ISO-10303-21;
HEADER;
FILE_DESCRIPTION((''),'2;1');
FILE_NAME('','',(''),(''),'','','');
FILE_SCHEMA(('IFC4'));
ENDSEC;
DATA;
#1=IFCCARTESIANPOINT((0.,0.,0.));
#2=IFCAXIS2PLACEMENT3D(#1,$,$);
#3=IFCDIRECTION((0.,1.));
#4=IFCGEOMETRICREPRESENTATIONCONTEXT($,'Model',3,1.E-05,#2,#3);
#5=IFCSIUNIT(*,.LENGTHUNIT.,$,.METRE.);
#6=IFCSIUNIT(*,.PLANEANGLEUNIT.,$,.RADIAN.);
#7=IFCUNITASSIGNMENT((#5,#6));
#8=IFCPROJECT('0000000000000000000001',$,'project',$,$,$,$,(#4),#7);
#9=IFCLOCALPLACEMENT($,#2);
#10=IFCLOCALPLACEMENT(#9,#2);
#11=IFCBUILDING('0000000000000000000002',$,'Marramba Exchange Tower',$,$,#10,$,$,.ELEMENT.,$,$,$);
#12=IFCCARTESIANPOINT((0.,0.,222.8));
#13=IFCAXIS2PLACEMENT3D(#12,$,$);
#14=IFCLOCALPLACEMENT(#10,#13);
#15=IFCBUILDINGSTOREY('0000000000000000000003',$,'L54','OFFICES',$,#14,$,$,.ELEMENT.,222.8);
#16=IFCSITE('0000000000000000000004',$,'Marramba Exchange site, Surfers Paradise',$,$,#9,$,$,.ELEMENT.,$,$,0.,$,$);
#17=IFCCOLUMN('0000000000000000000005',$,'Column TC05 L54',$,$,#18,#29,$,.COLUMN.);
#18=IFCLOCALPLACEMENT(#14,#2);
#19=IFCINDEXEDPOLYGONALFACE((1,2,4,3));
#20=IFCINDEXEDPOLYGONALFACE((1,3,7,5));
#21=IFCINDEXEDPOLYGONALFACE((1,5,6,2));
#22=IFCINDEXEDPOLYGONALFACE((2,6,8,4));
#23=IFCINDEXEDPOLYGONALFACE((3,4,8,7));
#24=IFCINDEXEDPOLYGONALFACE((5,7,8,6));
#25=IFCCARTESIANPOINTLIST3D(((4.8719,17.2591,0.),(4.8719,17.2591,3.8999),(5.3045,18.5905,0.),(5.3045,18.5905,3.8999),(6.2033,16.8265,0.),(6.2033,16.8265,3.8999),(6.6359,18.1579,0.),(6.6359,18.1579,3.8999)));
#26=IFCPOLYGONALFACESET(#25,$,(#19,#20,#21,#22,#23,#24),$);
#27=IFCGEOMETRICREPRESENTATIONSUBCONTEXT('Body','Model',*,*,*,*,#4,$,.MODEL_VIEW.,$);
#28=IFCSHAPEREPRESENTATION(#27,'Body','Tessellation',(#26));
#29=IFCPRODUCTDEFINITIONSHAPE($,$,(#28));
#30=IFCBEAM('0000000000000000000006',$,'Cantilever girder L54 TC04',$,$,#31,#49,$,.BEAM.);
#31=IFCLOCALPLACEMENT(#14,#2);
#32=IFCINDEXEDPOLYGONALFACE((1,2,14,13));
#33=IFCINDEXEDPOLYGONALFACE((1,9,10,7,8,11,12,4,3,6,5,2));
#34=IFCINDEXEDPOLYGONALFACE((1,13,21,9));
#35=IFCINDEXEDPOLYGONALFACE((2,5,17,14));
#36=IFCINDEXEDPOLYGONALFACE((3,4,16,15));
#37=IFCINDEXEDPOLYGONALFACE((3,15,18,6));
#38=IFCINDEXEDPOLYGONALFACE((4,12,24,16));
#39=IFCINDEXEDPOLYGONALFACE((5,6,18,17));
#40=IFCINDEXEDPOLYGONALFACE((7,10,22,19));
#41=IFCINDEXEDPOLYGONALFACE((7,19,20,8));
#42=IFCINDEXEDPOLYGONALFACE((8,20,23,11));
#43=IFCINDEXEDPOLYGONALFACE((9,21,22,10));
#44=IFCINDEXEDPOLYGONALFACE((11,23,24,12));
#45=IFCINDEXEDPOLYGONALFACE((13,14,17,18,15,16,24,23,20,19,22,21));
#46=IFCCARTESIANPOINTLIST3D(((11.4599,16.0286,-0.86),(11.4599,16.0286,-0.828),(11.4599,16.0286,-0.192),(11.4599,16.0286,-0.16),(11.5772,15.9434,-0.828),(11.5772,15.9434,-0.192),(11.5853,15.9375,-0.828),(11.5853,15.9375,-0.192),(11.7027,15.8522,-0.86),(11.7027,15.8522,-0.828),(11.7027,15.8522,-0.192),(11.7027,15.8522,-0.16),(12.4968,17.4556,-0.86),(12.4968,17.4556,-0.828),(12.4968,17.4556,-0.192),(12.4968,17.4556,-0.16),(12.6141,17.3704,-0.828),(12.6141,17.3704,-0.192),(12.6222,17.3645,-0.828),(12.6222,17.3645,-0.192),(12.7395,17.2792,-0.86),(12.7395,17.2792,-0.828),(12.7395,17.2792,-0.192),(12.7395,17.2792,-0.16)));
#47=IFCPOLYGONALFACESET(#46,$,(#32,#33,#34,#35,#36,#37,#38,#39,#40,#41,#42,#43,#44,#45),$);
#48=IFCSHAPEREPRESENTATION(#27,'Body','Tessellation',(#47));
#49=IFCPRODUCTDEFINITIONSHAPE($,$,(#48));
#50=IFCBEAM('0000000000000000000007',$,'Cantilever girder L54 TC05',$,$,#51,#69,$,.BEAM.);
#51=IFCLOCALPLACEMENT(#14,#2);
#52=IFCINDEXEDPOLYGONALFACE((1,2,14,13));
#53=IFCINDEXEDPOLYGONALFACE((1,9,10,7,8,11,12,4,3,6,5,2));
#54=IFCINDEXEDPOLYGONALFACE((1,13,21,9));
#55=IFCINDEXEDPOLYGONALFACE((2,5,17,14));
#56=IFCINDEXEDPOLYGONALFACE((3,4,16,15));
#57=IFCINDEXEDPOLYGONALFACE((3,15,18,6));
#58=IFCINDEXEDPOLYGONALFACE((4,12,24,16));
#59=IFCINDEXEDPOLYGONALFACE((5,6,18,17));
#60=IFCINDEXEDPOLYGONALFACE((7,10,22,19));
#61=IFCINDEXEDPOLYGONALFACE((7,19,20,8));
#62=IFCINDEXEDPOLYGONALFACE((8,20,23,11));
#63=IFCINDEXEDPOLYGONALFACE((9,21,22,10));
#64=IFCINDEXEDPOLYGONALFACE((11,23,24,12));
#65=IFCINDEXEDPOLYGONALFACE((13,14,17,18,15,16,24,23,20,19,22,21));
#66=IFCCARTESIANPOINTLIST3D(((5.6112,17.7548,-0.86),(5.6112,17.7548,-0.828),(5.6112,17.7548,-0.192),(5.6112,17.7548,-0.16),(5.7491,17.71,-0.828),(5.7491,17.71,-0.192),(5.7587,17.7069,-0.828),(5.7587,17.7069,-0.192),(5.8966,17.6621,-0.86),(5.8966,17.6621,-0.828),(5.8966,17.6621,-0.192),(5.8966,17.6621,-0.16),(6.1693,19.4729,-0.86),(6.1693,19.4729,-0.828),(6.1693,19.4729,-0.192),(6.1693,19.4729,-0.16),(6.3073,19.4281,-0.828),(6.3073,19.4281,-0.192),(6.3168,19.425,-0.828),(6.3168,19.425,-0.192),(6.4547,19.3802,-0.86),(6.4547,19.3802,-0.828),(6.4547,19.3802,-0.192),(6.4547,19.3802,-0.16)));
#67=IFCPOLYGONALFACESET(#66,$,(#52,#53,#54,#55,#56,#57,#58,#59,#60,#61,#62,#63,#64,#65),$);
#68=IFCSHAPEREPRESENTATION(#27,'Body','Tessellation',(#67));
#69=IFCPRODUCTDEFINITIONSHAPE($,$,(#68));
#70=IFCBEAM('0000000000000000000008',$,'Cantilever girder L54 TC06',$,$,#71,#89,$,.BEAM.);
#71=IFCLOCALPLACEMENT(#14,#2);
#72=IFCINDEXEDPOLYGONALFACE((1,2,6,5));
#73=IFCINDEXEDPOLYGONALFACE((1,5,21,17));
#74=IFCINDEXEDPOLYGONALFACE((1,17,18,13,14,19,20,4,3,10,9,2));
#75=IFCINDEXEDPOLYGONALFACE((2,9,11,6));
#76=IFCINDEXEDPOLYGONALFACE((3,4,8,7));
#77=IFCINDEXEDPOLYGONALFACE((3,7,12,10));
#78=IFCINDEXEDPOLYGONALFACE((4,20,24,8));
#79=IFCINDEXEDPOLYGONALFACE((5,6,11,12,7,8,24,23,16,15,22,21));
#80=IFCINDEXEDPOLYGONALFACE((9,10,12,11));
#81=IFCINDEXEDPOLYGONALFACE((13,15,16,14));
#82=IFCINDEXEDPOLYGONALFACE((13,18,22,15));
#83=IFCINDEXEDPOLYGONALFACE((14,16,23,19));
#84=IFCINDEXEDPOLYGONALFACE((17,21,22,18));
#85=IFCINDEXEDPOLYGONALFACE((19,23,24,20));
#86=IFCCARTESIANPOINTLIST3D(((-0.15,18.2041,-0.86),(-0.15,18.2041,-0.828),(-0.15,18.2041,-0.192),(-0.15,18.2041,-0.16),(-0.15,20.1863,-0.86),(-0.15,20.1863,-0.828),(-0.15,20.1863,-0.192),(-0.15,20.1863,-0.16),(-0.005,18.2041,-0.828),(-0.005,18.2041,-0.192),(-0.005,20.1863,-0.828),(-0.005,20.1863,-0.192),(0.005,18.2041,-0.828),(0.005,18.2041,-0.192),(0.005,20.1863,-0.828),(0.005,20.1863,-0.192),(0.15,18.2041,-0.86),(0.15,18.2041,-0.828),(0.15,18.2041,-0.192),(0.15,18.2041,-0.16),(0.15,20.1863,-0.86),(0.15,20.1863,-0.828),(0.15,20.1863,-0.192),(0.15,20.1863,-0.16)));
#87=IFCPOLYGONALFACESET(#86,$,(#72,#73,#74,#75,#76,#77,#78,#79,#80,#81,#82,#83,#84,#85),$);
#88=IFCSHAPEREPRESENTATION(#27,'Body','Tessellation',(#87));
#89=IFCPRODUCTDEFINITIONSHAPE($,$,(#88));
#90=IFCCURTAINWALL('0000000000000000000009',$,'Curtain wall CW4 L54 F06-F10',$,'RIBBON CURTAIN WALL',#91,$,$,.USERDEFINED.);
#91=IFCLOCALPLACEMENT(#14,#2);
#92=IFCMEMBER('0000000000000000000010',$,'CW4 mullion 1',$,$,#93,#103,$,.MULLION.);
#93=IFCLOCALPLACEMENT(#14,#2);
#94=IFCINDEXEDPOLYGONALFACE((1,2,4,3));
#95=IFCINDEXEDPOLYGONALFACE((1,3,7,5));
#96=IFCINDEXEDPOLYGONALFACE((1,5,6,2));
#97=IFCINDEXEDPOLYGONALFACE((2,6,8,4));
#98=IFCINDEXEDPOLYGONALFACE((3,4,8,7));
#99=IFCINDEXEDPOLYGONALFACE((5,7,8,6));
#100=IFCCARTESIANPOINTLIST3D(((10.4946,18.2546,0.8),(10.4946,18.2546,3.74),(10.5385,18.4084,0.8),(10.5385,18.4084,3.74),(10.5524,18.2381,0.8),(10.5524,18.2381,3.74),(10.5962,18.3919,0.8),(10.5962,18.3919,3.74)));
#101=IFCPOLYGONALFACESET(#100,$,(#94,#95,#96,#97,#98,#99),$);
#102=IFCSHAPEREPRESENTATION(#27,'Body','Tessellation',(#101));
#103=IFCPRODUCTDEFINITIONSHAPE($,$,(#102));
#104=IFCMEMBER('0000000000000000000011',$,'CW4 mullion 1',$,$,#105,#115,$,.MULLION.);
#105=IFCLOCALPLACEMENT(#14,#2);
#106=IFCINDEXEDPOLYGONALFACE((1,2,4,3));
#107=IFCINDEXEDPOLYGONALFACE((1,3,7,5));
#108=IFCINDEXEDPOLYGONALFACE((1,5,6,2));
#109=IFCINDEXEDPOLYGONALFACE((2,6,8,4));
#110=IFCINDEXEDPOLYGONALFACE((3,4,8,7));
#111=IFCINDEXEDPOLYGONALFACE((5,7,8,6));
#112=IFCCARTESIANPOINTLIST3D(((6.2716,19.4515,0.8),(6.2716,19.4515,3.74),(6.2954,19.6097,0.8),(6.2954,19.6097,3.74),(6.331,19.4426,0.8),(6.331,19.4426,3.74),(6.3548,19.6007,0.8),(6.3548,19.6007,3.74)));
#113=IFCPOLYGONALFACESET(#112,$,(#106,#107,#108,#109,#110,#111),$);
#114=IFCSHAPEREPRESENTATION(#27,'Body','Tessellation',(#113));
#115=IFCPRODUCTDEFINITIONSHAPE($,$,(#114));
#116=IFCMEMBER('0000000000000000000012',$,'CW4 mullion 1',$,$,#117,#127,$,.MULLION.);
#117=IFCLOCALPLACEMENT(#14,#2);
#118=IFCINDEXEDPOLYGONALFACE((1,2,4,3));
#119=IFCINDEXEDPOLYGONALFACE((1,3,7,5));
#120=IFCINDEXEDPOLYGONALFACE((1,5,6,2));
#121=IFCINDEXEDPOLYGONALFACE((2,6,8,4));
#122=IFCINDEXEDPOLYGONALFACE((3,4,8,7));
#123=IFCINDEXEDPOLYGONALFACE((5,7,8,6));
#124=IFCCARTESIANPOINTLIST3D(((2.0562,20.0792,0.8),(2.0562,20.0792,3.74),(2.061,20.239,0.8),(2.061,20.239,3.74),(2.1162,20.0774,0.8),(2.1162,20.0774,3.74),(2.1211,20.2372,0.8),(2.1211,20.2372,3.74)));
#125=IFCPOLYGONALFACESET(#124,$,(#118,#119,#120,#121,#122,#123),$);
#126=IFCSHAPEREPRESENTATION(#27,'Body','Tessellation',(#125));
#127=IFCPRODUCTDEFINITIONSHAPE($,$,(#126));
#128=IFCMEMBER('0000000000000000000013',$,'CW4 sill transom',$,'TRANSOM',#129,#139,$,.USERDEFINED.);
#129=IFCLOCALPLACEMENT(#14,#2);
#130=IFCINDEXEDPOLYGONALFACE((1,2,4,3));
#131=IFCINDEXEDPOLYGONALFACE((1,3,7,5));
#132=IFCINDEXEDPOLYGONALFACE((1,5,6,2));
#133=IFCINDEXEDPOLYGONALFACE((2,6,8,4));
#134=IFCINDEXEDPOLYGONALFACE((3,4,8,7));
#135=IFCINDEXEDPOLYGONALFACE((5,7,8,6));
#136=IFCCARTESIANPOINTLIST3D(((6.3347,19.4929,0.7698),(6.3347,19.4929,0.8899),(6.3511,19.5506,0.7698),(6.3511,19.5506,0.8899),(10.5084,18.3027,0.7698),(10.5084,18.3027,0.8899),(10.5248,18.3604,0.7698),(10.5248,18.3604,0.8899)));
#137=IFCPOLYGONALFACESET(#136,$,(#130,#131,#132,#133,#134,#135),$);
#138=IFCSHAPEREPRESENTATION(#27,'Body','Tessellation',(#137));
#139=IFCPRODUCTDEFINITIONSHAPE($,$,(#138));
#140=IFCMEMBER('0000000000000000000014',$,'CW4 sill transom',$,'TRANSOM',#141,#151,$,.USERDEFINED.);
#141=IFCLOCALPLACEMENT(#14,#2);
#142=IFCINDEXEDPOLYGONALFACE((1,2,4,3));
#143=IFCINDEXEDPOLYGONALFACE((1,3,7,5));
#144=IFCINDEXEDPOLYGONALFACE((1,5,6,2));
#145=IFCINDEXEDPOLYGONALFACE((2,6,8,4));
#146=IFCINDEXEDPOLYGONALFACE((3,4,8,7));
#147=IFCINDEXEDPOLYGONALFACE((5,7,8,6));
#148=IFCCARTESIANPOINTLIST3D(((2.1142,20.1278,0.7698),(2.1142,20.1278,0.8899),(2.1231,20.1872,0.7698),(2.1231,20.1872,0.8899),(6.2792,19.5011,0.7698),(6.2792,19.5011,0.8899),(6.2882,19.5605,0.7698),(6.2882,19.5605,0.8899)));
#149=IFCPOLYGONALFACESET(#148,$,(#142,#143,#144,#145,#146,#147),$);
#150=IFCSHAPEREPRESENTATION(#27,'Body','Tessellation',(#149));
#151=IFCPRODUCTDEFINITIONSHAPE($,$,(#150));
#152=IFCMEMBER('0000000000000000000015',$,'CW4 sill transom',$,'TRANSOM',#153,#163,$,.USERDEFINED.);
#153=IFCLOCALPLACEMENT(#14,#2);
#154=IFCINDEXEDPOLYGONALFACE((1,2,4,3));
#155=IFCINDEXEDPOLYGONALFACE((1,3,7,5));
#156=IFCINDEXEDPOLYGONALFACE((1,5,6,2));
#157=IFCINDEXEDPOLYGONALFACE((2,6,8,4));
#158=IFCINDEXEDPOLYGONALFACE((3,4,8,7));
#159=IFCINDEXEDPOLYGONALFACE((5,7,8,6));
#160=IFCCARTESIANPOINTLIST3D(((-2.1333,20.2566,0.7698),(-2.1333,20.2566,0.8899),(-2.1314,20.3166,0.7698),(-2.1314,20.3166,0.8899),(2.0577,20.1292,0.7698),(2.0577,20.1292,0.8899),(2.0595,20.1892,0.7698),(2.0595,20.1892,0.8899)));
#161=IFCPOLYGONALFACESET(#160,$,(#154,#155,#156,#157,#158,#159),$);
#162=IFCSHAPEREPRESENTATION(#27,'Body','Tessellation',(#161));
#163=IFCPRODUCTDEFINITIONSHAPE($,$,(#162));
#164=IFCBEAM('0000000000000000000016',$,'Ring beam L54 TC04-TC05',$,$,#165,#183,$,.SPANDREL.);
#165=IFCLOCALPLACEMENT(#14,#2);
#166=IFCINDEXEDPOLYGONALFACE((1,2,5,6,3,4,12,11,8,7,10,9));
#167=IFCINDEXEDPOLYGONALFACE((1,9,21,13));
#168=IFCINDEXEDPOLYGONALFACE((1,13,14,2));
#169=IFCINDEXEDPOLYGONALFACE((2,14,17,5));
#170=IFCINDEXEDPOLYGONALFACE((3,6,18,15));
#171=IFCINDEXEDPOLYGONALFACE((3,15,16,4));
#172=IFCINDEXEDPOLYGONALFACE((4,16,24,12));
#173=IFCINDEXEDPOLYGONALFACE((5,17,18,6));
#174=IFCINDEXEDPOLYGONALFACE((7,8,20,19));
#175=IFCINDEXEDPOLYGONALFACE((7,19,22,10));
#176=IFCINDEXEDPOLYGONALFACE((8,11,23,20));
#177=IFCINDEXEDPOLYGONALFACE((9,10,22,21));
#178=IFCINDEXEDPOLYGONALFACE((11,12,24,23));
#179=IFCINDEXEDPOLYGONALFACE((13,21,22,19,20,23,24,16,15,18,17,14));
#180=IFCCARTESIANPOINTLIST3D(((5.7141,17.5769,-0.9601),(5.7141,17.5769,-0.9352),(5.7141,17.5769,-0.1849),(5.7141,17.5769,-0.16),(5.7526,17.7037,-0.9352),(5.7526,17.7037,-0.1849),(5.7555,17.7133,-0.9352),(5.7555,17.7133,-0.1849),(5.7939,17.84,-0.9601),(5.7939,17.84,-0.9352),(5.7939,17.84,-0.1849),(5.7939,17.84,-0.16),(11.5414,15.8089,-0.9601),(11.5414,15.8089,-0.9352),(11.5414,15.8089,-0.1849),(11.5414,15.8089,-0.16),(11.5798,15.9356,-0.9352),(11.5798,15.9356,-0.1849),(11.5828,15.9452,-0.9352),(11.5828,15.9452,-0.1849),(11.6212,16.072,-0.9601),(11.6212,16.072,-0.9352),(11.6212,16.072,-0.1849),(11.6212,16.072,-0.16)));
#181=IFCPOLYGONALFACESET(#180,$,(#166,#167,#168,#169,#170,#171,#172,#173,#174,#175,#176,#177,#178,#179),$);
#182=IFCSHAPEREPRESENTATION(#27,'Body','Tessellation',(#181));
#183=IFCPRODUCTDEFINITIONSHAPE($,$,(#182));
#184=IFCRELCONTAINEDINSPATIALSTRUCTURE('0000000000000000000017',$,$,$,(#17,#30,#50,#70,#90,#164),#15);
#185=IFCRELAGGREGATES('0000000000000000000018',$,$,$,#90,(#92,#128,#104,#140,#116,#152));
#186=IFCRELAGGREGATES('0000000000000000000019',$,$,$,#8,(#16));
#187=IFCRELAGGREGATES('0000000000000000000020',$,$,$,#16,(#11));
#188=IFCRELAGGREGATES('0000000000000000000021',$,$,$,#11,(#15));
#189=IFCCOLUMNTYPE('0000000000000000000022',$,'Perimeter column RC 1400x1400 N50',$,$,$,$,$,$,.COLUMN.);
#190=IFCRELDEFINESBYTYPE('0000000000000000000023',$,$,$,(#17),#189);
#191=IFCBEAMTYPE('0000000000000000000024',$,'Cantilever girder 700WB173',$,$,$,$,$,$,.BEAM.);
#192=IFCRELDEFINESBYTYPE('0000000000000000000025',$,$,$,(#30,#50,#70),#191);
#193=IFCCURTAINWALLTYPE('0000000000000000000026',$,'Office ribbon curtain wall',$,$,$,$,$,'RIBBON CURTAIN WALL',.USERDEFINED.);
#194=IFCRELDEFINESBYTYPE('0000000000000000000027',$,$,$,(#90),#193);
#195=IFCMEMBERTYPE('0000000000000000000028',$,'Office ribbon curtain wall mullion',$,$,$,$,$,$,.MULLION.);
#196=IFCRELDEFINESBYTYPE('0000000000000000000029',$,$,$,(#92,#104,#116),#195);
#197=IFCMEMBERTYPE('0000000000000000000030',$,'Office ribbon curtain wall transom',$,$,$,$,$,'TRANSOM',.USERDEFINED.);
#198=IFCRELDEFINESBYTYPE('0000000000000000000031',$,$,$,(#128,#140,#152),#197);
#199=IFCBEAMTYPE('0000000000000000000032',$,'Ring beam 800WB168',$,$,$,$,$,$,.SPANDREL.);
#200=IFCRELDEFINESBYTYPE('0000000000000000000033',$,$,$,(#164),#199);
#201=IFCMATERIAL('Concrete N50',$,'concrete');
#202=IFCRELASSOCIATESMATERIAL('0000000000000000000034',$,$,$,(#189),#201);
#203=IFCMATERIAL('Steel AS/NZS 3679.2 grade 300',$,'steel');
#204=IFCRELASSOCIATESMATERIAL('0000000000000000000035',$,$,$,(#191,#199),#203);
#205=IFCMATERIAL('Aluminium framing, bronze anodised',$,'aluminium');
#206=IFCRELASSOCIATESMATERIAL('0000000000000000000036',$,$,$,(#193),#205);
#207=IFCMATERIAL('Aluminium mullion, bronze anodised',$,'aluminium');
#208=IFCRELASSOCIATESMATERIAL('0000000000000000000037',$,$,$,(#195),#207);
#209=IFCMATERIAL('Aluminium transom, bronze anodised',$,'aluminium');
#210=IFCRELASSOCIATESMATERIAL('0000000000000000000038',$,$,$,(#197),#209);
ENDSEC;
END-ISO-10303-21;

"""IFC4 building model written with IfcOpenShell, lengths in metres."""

from ifc_helpers import new_model, si_unit, direction, frame, origin, origin_2d, place, context, subcontext, project, spatial, rectangle, i_section, extrude, material, material_profile, profile_set, type_object, element, aggregate, save


model = new_model("IFC4")

# Units and contexts
model_context = context("Model", 3, precision=1e-05, world=origin(), true_north=direction((0.0, 1.0)))
body_context = subcontext(model_context, "Body", "Model", "MODEL_VIEW")
ifc_project = project(units=[si_unit("LENGTHUNIT", "METRE"), si_unit("PLANEANGLEUNIT", "RADIAN")], contexts=[model_context])

# Site, building, storey
site_placement = place(None, origin())
site = spatial("IfcSite", under=ifc_project, at=site_placement, Name="Marramba Exchange site, Surfers Paradise", CompositionType="ELEMENT", RefElevation=0.0)
building_placement = place(site_placement, origin())
building = spatial("IfcBuilding", under=site, at=building_placement, Name="Marramba Exchange Tower", CompositionType="ELEMENT")
storey_placement = place(building_placement, frame((0.0, 0.0, 222.8)))
storey = spatial("IfcBuildingStorey", under=building, at=storey_placement, Name="L54", Description="OFFICES", CompositionType="ELEMENT", Elevation=222.8)

# Column
ifc_material_1 = material(Name="Concrete N50", Category="concrete")
ifc_material_profile_1 = material_profile(ifc_material_1, rectangle(XDim=1.3999, YDim=1.3999, at=origin_2d()), Name="RC 1400x1400")
ifc_profile_set_1 = profile_set([ifc_material_profile_1], Name="Concrete N50")
column_type = type_object("IfcColumnType", Name="Perimeter column RC 1400x1400 N50", PredefinedType="COLUMN", material=ifc_profile_set_1)
column_placement = place(storey_placement, frame((5.7539, 17.7085, 0.0), z_axis=(0.0, 0.0, 1.0), x_axis=(0.309017, 0.951057, 0.0)))
element("IfcColumn", 1, at=column_placement, inside=storey, type_object=column_type, Name="Column TC05 L54", PredefinedType="COLUMN", context=body_context, shape_type="SweptSolid", body=[
    extrude(rectangle(XDim=1.3999, YDim=1.3999, at=origin_2d()), origin(), (0.0, 0.0, 1.0), 3.8999),
])

# Beams
ifc_material_2 = material(Name="Steel AS/NZS 3679.2 grade 300", Category="steel")
ifc_material_profile_2 = material_profile(ifc_material_2, i_section(OverallWidth=0.3, OverallDepth=0.7, WebThickness=0.01, FlangeThickness=0.032, at=origin_2d()), Name="700WB173")
ifc_profile_set_2 = profile_set([ifc_material_profile_2], Name="Steel AS/NZS 3679.2 grade 300")
beam_type_1 = type_object("IfcBeamType", Name="Cantilever girder 700WB173", PredefinedType="BEAM", material=ifc_profile_set_2)
beam_1_placement = place(storey_placement, frame((11.5813, 15.9404, -0.51), z_axis=(0.587818, 0.808993, 0.0), x_axis=(-0.808993, 0.587818, 0.0)))
element("IfcBeam", 2, at=beam_1_placement, inside=storey, type_object=beam_type_1, Name="Cantilever girder L54 TC04", PredefinedType="BEAM", context=body_context, shape_type="SweptSolid", body=[
    extrude(i_section(OverallWidth=0.3, OverallDepth=0.7, WebThickness=0.01, FlangeThickness=0.032, at=origin_2d()), origin(), (0.0, 0.0, 1.0), 1.7639),
])
beam_2_placement = place(storey_placement, frame((5.7539, 17.7085, -0.51), z_axis=(0.308961, 0.951075, 0.0), x_axis=(-0.951075, 0.308961, 0.0)))
element("IfcBeam", 3, at=beam_2_placement, inside=storey, type_object=beam_type_1, Name="Cantilever girder L54 TC05", PredefinedType="BEAM", context=body_context, shape_type="SweptSolid", body=[
    extrude(i_section(OverallWidth=0.3, OverallDepth=0.7, WebThickness=0.01, FlangeThickness=0.032, at=origin_2d()), origin(), (0.0, 0.0, 1.0), 1.8064),
])
beam_3_placement = place(storey_placement, frame((0.0, 18.2041, -0.51), z_axis=(0.0, 1.0, 0.0), x_axis=(-1.0, 0.0, 0.0)))
element("IfcBeam", 4, at=beam_3_placement, inside=storey, type_object=beam_type_1, Name="Cantilever girder L54 TC06", PredefinedType="BEAM", context=body_context, shape_type="SweptSolid", body=[
    extrude(i_section(OverallWidth=0.3, OverallDepth=0.7, WebThickness=0.01, FlangeThickness=0.032, at=origin_2d()), origin(), (0.0, 0.0, 1.0), 1.9822),
])

# Curtain wall, members
ifc_material_3 = material(Name="Aluminium framing, bronze anodised", Category="aluminium")
curtain_wall_type = type_object("IfcCurtainWallType", Name="Office ribbon curtain wall", ElementType="RIBBON CURTAIN WALL", PredefinedType="USERDEFINED", material=ifc_material_3)
curtain_wall_placement = place(storey_placement, origin())
curtain_wall = element("IfcCurtainWall", 5, at=curtain_wall_placement, inside=storey, type_object=curtain_wall_type, Name="Curtain wall CW4 L54 F06-F10", ObjectType="RIBBON CURTAIN WALL", PredefinedType="USERDEFINED")
ifc_material_4 = material(Name="Aluminium mullion, bronze anodised", Category="aluminium")
ifc_material_profile_3 = material_profile(ifc_material_4, rectangle(XDim=0.1599, YDim=0.0601, at=origin_2d()), Name="CW4 mullion 60x160")
ifc_profile_set_3 = profile_set([ifc_material_profile_3], Name="Aluminium mullion, bronze anodised")
member_type_1 = type_object("IfcMemberType", Name="Office ribbon curtain wall mullion", PredefinedType="MULLION", material=ifc_profile_set_3)
member_1_placement = place(storey_placement, frame((10.5454, 18.3232, 0.8), z_axis=(0.0, 0.0, 1.0), x_axis=(-0.274248, -0.961659, 0.0)))
member_1 = element("IfcMember", 6, at=member_1_placement, type_object=member_type_1, Name="CW4 mullion 1", PredefinedType="MULLION", context=body_context, shape_type="SweptSolid", body=[
    extrude(rectangle(XDim=0.1599, YDim=0.0601, at=origin_2d()), origin(), (0.0, 0.0, 1.0), 2.9399),
])
member_2_placement = place(storey_placement, frame((6.3132, 19.5261, 0.8), z_axis=(0.0, 0.0, 1.0), x_axis=(-0.148795, -0.988868, 0.0)))
member_2 = element("IfcMember", 7, at=member_2_placement, type_object=member_type_1, Name="CW4 mullion 1", PredefinedType="MULLION", context=body_context, shape_type="SweptSolid", body=[
    extrude(rectangle(XDim=0.1599, YDim=0.0601, at=origin_2d()), origin(), (0.0, 0.0, 1.0), 2.9399),
])
member_3_placement = place(storey_placement, frame((2.0886, 20.1582, 0.8), z_axis=(0.0, 0.0, 1.0), x_axis=(-0.030394, -0.999538, 0.0)))
member_3 = element("IfcMember", 8, at=member_3_placement, type_object=member_type_1, Name="CW4 mullion 1", PredefinedType="MULLION", context=body_context, shape_type="SweptSolid", body=[
    extrude(rectangle(XDim=0.1599, YDim=0.0601, at=origin_2d()), origin(), (0.0, 0.0, 1.0), 2.9399),
])
ifc_material_5 = material(Name="Aluminium transom, bronze anodised", Category="aluminium")
ifc_material_profile_4 = material_profile(ifc_material_5, rectangle(XDim=0.0601, YDim=0.1201, at=origin_2d()), Name="CW4 transom 60x120")
ifc_profile_set_4 = profile_set([ifc_material_profile_4], Name="Aluminium transom, bronze anodised")
member_type_2 = type_object("IfcMemberType", Name="Office ribbon curtain wall transom", ElementType="TRANSOM", PredefinedType="USERDEFINED", material=ifc_profile_set_4)
member_4_placement = place(storey_placement, frame((10.5166, 18.3315, 0.8298), z_axis=(-0.961662, 0.274238, 0.0), x_axis=(-0.274238, -0.961662, 0.0)))
member_4 = element("IfcMember", 9, at=member_4_placement, type_object=member_type_2, Name="CW4 sill transom", ObjectType="TRANSOM", PredefinedType="USERDEFINED", context=body_context, shape_type="SweptSolid", body=[
    extrude(rectangle(XDim=0.0601, YDim=0.1201, at=origin_2d()), origin(), (0.0, 0.0, 1.0), 4.3401),
])
member_5_placement = place(storey_placement, frame((6.2837, 19.5308, 0.8298), z_axis=(-0.988868, 0.148794, 0.0), x_axis=(-0.148794, -0.988868, 0.0)))
member_5 = element("IfcMember", 10, at=member_5_placement, type_object=member_type_2, Name="CW4 sill transom", ObjectType="TRANSOM", PredefinedType="USERDEFINED", context=body_context, shape_type="SweptSolid", body=[
    extrude(rectangle(XDim=0.0601, YDim=0.1201, at=origin_2d()), origin(), (0.0, 0.0, 1.0), 4.2119),
])
member_6_placement = place(storey_placement, frame((2.0586, 20.1592, 0.8298), z_axis=(-0.999538, 0.030395, 0.0), x_axis=(-0.030395, -0.999538, 0.0)))
member_6 = element("IfcMember", 11, at=member_6_placement, type_object=member_type_2, Name="CW4 sill transom", ObjectType="TRANSOM", PredefinedType="USERDEFINED", context=body_context, shape_type="SweptSolid", body=[
    extrude(rectangle(XDim=0.0601, YDim=0.1201, at=origin_2d()), origin(), (0.0, 0.0, 1.0), 4.1929),
])

# Beam
ifc_material_profile_5 = material_profile(ifc_material_2, i_section(OverallWidth=0.2749, OverallDepth=0.8, WebThickness=0.01, FlangeThickness=0.0249, at=origin_2d()), Name="800WB168")
ifc_profile_set_5 = profile_set([ifc_material_profile_5], Name="Steel AS/NZS 3679.2 grade 300")
beam_type_2 = type_object("IfcBeamType", Name="Ring beam 800WB168", PredefinedType="SPANDREL", material=ifc_profile_set_5)
beam_4_placement = place(storey_placement, frame((11.5813, 15.9404, -0.5601), z_axis=(-0.956925, 0.290337, 0.0), x_axis=(-0.290337, -0.956925, 0.0)))
element("IfcBeam", 12, at=beam_4_placement, inside=storey, type_object=beam_type_2, Name="Ring beam L54 TC04-TC05", PredefinedType="SPANDREL", context=body_context, shape_type="SweptSolid", body=[
    extrude(i_section(OverallWidth=0.2749, OverallDepth=0.8, WebThickness=0.01, FlangeThickness=0.0249, at=origin_2d()), origin(), (0.0, 0.0, 1.0), 6.0896),
])

aggregate(curtain_wall, [member_1, member_4, member_2, member_5, member_3, member_6])

save(model, "model.ifc")
